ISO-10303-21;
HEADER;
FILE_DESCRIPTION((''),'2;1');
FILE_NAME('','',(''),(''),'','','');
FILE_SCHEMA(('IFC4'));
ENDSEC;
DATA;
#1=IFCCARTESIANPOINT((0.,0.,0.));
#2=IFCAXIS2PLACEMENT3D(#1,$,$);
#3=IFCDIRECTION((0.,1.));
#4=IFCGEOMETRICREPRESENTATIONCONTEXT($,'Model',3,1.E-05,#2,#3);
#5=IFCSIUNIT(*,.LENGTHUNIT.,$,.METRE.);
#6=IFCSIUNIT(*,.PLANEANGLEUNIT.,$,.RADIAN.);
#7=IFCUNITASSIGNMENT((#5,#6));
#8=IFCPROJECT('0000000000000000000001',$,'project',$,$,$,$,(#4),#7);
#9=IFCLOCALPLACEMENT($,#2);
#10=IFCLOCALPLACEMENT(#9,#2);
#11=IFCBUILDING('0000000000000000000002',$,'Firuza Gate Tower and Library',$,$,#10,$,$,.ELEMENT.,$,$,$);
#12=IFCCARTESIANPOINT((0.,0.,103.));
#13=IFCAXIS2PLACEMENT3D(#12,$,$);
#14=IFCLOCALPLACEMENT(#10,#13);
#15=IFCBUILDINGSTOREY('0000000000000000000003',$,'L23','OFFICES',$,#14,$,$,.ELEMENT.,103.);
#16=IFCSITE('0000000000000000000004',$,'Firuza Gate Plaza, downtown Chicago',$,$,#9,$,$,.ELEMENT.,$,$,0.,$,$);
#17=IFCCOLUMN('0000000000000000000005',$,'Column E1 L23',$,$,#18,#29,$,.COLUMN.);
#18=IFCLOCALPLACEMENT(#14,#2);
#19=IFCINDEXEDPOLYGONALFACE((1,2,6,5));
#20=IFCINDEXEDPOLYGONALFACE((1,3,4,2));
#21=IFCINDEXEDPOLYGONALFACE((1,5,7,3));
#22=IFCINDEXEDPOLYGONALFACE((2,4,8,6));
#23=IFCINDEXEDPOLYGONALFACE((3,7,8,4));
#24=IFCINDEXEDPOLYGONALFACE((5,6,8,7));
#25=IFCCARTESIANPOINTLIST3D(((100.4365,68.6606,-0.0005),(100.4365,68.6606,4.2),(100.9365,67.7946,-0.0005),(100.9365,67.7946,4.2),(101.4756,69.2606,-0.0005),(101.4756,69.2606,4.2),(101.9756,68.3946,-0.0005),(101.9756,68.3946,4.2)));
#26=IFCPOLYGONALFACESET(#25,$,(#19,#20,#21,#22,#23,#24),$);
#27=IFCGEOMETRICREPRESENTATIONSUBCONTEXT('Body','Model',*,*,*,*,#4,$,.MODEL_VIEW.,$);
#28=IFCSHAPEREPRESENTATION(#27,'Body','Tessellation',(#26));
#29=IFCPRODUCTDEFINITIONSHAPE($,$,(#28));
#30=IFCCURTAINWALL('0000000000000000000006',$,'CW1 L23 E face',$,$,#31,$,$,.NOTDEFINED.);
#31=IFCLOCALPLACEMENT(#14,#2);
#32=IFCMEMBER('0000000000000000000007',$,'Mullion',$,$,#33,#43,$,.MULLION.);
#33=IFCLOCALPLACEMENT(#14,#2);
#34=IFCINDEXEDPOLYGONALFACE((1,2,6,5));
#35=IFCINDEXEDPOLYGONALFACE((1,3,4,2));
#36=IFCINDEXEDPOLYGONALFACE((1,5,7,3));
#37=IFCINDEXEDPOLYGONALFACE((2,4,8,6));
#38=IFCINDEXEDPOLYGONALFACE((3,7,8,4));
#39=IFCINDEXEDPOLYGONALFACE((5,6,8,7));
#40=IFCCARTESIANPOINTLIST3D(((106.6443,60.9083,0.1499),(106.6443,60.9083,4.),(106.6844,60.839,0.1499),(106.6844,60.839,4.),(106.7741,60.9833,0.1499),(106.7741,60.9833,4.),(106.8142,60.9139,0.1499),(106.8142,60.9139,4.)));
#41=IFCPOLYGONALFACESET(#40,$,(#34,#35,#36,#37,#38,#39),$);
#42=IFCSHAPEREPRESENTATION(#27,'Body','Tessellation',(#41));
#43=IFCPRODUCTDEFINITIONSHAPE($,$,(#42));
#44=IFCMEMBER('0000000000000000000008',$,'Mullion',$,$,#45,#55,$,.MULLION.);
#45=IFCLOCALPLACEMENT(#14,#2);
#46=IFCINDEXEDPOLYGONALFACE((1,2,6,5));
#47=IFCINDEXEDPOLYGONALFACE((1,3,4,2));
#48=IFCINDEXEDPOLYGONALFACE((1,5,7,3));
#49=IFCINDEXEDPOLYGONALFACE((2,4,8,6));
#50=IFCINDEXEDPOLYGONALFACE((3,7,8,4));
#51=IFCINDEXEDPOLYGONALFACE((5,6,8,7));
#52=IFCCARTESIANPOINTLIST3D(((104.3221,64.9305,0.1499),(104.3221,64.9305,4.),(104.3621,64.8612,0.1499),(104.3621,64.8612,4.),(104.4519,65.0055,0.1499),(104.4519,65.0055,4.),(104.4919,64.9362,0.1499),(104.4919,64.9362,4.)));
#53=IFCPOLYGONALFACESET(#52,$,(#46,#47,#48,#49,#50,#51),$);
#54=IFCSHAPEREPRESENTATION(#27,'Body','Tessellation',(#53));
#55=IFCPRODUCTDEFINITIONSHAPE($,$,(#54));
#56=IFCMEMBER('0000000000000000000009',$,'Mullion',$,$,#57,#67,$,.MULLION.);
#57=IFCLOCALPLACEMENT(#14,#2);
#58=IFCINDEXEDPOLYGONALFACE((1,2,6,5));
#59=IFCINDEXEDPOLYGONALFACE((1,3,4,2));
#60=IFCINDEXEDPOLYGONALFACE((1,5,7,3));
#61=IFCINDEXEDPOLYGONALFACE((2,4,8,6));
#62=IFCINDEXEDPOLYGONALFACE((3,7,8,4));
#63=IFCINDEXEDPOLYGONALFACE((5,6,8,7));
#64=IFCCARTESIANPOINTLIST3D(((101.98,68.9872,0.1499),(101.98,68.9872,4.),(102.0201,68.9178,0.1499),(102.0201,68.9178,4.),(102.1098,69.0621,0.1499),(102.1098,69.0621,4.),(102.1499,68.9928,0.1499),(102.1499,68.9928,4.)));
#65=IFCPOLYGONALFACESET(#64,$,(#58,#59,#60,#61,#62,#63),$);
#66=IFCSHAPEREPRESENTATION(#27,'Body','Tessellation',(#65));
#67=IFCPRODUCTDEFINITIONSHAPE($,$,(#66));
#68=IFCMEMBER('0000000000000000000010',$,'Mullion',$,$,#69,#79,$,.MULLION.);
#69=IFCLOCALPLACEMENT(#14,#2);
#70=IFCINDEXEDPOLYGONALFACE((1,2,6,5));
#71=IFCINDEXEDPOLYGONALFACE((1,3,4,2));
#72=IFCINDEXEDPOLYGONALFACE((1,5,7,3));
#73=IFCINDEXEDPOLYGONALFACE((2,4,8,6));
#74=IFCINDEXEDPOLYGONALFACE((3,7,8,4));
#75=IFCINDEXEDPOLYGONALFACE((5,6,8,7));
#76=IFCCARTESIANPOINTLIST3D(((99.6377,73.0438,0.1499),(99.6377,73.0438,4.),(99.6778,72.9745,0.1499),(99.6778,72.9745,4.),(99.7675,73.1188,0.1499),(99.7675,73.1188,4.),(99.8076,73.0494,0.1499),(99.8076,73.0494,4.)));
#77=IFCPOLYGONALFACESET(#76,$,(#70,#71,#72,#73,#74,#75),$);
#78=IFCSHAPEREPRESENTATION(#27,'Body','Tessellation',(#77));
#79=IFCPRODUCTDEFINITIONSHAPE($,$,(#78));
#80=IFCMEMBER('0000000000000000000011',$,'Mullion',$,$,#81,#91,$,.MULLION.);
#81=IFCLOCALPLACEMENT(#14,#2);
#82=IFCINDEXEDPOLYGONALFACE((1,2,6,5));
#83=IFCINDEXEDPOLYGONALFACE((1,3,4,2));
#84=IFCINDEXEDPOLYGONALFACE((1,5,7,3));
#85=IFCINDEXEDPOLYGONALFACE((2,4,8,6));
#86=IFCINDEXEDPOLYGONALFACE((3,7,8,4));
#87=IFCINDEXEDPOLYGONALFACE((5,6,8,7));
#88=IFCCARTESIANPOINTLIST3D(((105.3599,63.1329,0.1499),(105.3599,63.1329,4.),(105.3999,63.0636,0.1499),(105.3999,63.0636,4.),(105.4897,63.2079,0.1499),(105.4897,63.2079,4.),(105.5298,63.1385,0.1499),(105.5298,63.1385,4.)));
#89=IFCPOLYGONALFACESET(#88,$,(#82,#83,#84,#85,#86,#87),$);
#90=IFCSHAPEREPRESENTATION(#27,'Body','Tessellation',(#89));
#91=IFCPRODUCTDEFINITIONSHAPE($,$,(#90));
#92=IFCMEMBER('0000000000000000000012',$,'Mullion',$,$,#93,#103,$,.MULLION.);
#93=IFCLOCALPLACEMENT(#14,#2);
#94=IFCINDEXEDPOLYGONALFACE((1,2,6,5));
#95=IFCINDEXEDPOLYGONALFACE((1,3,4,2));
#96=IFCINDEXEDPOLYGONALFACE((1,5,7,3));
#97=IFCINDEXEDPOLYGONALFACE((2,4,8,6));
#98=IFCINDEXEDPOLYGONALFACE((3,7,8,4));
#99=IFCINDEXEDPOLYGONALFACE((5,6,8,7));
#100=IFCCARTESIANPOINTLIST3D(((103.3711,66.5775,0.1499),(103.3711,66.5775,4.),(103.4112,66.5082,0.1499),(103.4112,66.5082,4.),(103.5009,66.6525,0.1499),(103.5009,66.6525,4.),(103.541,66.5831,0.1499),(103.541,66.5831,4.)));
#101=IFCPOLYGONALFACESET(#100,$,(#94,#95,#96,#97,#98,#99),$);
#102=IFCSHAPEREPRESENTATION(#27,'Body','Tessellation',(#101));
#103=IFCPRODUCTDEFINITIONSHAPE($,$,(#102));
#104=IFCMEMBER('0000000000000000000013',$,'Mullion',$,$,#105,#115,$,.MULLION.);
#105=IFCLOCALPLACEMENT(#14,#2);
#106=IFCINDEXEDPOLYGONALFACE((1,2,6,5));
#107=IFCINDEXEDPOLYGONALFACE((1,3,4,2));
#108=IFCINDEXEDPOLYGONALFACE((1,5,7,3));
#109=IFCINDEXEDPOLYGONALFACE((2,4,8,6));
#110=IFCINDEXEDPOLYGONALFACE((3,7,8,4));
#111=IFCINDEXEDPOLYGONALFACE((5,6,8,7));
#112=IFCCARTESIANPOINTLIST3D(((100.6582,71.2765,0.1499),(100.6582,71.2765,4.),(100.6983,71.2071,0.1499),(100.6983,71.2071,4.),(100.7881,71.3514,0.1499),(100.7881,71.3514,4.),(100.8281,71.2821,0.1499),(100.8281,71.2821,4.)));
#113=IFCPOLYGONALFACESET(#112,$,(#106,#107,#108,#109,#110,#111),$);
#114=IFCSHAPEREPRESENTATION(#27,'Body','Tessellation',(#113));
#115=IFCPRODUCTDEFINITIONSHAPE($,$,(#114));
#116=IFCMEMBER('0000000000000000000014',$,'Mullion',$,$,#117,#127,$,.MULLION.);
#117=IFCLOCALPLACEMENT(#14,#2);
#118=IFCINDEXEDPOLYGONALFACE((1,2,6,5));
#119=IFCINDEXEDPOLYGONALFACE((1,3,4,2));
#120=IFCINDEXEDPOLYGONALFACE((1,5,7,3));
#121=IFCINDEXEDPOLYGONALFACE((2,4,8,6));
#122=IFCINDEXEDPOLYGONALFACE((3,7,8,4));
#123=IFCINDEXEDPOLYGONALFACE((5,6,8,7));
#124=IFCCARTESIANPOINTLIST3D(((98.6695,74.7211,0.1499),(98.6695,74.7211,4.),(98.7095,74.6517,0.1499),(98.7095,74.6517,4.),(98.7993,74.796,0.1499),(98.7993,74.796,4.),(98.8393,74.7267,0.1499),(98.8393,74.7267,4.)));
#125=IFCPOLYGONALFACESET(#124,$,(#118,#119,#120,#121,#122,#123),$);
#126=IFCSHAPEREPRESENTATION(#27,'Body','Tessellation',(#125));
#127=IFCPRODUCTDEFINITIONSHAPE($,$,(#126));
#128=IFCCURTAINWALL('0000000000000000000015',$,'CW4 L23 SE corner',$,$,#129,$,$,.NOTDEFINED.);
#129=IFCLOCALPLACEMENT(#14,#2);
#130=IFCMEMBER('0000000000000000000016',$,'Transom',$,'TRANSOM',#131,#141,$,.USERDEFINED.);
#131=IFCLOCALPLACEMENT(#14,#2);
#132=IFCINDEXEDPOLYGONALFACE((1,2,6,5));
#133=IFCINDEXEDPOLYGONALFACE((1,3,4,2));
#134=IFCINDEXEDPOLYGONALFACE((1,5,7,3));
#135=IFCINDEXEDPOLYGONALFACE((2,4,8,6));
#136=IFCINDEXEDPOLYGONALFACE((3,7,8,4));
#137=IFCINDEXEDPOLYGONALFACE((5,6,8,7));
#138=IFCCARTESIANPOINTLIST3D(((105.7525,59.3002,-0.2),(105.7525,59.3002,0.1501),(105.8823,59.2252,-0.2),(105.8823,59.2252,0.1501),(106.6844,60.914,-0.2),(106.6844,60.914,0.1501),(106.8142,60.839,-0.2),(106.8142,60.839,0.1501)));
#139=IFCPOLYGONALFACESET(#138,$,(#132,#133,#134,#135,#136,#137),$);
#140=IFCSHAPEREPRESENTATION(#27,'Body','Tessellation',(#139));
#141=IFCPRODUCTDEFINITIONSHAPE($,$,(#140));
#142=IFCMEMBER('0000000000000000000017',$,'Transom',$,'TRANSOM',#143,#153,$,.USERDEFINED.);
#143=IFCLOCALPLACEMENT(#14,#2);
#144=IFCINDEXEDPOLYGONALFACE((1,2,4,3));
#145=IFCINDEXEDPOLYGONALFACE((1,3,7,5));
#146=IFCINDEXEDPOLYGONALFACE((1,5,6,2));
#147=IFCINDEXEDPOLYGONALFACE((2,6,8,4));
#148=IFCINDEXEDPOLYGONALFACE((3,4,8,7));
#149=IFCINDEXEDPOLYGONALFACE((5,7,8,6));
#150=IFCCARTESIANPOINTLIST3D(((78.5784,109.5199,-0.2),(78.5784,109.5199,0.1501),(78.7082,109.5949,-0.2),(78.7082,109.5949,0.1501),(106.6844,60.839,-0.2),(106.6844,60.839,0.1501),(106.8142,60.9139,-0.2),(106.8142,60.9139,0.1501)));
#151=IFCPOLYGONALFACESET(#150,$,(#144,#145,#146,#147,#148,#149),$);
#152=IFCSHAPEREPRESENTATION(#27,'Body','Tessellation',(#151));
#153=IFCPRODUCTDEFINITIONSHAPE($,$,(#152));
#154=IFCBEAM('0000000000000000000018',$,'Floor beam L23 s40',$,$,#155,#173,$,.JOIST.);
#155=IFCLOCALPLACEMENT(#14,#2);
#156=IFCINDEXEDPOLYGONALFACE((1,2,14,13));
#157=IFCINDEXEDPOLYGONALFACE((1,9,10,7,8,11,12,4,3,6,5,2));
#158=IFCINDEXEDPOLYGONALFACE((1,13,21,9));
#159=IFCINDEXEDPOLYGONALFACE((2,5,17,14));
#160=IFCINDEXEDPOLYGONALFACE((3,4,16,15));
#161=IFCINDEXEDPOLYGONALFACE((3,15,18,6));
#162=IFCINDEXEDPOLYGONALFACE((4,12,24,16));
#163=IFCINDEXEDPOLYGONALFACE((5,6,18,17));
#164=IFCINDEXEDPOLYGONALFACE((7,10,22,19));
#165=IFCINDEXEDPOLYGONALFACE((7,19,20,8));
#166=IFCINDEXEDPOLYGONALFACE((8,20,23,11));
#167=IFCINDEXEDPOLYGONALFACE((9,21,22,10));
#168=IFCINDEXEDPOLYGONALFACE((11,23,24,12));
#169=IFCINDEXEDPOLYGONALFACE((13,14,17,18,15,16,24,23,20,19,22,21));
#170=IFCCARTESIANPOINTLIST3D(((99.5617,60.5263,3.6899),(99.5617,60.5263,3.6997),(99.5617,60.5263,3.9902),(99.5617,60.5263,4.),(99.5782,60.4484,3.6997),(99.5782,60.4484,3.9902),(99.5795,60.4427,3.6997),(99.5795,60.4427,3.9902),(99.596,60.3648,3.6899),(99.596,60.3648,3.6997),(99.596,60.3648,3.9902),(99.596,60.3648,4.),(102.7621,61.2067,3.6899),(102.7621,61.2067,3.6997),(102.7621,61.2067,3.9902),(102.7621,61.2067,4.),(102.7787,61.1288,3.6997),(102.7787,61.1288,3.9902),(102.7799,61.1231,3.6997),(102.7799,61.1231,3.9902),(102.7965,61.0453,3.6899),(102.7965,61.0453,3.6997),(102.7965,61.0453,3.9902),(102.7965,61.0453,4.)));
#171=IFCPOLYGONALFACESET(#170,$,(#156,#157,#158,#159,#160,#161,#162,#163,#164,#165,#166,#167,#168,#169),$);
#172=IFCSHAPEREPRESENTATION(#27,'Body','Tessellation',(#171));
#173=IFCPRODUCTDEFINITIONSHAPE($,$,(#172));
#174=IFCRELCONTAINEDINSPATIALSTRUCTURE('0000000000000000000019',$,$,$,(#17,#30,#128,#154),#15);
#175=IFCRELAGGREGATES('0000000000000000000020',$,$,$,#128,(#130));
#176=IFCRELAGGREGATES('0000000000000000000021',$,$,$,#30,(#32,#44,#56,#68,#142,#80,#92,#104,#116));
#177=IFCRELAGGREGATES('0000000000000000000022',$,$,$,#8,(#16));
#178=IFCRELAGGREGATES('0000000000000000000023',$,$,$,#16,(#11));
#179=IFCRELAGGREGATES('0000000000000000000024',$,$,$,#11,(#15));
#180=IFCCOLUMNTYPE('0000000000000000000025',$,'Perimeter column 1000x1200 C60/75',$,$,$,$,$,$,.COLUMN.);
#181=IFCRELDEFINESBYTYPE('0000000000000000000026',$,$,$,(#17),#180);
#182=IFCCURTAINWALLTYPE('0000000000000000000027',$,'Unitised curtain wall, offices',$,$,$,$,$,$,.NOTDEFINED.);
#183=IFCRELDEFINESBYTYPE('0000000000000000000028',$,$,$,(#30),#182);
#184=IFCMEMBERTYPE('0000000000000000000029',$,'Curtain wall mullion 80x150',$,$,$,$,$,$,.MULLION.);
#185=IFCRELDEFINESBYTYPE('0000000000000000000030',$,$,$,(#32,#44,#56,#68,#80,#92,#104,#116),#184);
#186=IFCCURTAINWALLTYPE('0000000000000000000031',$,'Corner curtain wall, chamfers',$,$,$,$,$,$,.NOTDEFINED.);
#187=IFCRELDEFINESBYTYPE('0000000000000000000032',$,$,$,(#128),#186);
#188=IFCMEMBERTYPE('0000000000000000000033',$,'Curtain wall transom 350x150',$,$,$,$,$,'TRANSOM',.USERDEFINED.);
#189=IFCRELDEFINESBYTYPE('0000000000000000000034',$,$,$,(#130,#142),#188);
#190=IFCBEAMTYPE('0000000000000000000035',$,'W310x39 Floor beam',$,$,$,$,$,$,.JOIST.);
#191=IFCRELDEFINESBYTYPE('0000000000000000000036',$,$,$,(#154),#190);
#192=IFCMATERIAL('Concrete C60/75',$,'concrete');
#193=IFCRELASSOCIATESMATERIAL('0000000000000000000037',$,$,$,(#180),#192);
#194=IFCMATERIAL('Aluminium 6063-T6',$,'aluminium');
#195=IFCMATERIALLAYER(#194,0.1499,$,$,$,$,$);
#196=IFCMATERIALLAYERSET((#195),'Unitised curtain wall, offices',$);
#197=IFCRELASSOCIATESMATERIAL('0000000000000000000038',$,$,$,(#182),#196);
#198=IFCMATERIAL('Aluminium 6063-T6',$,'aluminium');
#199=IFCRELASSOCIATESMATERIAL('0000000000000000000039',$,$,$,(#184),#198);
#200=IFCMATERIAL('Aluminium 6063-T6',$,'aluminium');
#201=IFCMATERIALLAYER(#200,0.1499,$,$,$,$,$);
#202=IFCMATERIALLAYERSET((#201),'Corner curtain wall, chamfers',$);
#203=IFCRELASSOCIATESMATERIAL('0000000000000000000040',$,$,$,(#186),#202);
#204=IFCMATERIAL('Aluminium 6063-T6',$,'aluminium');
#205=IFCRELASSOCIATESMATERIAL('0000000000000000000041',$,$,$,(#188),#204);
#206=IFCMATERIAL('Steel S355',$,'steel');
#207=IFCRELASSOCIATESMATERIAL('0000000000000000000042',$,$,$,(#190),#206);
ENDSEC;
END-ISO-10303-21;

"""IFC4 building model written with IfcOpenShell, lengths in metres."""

from ifc_helpers import new_model, si_unit, direction, frame, origin, origin_2d, place, context, subcontext, project, spatial, rectangle, i_section, extrude, material, layer, layer_set, material_profile, profile_set, type_object, element, aggregate, save


model = new_model("IFC4")

# Units and contexts
model_context = context("Model", 3, precision=1e-05, world=origin(), true_north=direction((0.0, 1.0)))
body_context = subcontext(model_context, "Body", "Model", "MODEL_VIEW")
ifc_project = project(units=[si_unit("LENGTHUNIT", "METRE"), si_unit("PLANEANGLEUNIT", "RADIAN")], contexts=[model_context])

# Site, building, storey
site_placement = place(None, origin())
site = spatial("IfcSite", under=ifc_project, at=site_placement, Name="Firuza Gate Plaza, downtown Chicago", CompositionType="ELEMENT", RefElevation=0.0)
building_placement = place(site_placement, origin())
building = spatial("IfcBuilding", under=site, at=building_placement, Name="Firuza Gate Tower and Library", CompositionType="ELEMENT")
storey_placement = place(building_placement, frame((0.0, 0.0, 103.0)))
storey = spatial("IfcBuildingStorey", under=building, at=storey_placement, Name="L23", Description="OFFICES", CompositionType="ELEMENT", Elevation=103.0)

# Column
ifc_material_1 = material(Name="Concrete C60/75", Category="concrete")
ifc_material_profile_1 = material_profile(ifc_material_1, rectangle(XDim=1.0, YDim=1.2, at=origin_2d()))
ifc_profile_set_1 = profile_set([ifc_material_profile_1], Name="Concrete C60/75")
column_type = type_object("IfcColumnType", Name="Perimeter column 1000x1200 C60/75", PredefinedType="COLUMN", material=ifc_profile_set_1)
column_placement = place(storey_placement, frame((101.2061, 68.5276, -0.0005), z_axis=(0.0, 0.0, 1.0), x_axis=(-0.5, 0.866025, 0.0)))
element("IfcColumn", 1, at=column_placement, inside=storey, type_object=column_type, Name="Column E1 L23", PredefinedType="COLUMN", context=body_context, shape_type="SweptSolid", body=[
    extrude(rectangle(XDim=1.0, YDim=1.2, at=origin_2d()), origin(), (0.0, 0.0, 1.0), 4.2004),
])

# Curtain wall, members
ifc_material_2 = material(Name="Aluminium 6063-T6", Category="aluminium")
ifc_layer_1 = layer(ifc_material_2, 0.1499)
ifc_layer_set_1 = layer_set([ifc_layer_1], Name="Unitised curtain wall, offices")
curtain_wall_type_1 = type_object("IfcCurtainWallType", Name="Unitised curtain wall, offices", PredefinedType="NOTDEFINED", material=ifc_layer_set_1)
placement = place(storey_placement, origin())
curtain_wall_1 = element("IfcCurtainWall", 2, at=placement, inside=storey, type_object=curtain_wall_type_1, Name="CW1 L23 E face", PredefinedType="NOTDEFINED")
ifc_material_3 = material(Name="Aluminium 6063-T6", Category="aluminium")
ifc_material_profile_2 = material_profile(ifc_material_3, rectangle(XDim=0.1499, YDim=0.0801, at=origin_2d()))
ifc_profile_set_2 = profile_set([ifc_material_profile_2], Name="Aluminium 6063-T6")
member_type_1 = type_object("IfcMemberType", Name="Curtain wall mullion 80x150", PredefinedType="MULLION", material=ifc_profile_set_2)
member_1_placement = place(storey_placement, frame((106.7292, 60.9111, 0.1499), z_axis=(0.0, 0.0, 1.0), x_axis=(-0.866025, -0.5, 0.0)))
member_1 = element("IfcMember", 3, at=member_1_placement, type_object=member_type_1, Name="Mullion", PredefinedType="MULLION", context=body_context, shape_type="SweptSolid", body=[
    extrude(rectangle(XDim=0.1499, YDim=0.0801, at=origin_2d()), origin(), (0.0, 0.0, 1.0), 3.8501),
])
member_2_placement = place(storey_placement, frame((104.407, 64.9333, 0.1499), z_axis=(0.0, 0.0, 1.0), x_axis=(-0.866025, -0.5, 0.0)))
member_2 = element("IfcMember", 4, at=member_2_placement, type_object=member_type_1, Name="Mullion", PredefinedType="MULLION", context=body_context, shape_type="SweptSolid", body=[
    extrude(rectangle(XDim=0.1499, YDim=0.0801, at=origin_2d()), origin(), (0.0, 0.0, 1.0), 3.8501),
])
member_3_placement = place(storey_placement, frame((102.0649, 68.99, 0.1499), z_axis=(0.0, 0.0, 1.0), x_axis=(-0.866025, -0.5, 0.0)))
member_3 = element("IfcMember", 5, at=member_3_placement, type_object=member_type_1, Name="Mullion", PredefinedType="MULLION", context=body_context, shape_type="SweptSolid", body=[
    extrude(rectangle(XDim=0.1499, YDim=0.0801, at=origin_2d()), origin(), (0.0, 0.0, 1.0), 3.8501),
])
member_4_placement = place(storey_placement, frame((99.7227, 73.0466, 0.1499), z_axis=(0.0, 0.0, 1.0), x_axis=(-0.866025, -0.5, 0.0)))
member_4 = element("IfcMember", 6, at=member_4_placement, type_object=member_type_1, Name="Mullion", PredefinedType="MULLION", context=body_context, shape_type="SweptSolid", body=[
    extrude(rectangle(XDim=0.1499, YDim=0.0801, at=origin_2d()), origin(), (0.0, 0.0, 1.0), 3.8501),
])
member_5_placement = place(storey_placement, frame((105.4448, 63.1357, 0.1499), z_axis=(0.0, 0.0, 1.0), x_axis=(-0.866025, -0.5, 0.0)))
member_5 = element("IfcMember", 7, at=member_5_placement, type_object=member_type_1, Name="Mullion", PredefinedType="MULLION", context=body_context, shape_type="SweptSolid", body=[
    extrude(rectangle(XDim=0.1499, YDim=0.0801, at=origin_2d()), origin(), (0.0, 0.0, 1.0), 3.8501),
])
member_6_placement = place(storey_placement, frame((103.4561, 66.5803, 0.1499), z_axis=(0.0, 0.0, 1.0), x_axis=(-0.866025, -0.5, 0.0)))
member_6 = element("IfcMember", 8, at=member_6_placement, type_object=member_type_1, Name="Mullion", PredefinedType="MULLION", context=body_context, shape_type="SweptSolid", body=[
    extrude(rectangle(XDim=0.1499, YDim=0.0801, at=origin_2d()), origin(), (0.0, 0.0, 1.0), 3.8501),
])
member_7_placement = place(storey_placement, frame((100.7432, 71.2793, 0.1499), z_axis=(0.0, 0.0, 1.0), x_axis=(-0.866025, -0.5, 0.0)))
member_7 = element("IfcMember", 9, at=member_7_placement, type_object=member_type_1, Name="Mullion", PredefinedType="MULLION", context=body_context, shape_type="SweptSolid", body=[
    extrude(rectangle(XDim=0.1499, YDim=0.0801, at=origin_2d()), origin(), (0.0, 0.0, 1.0), 3.8501),
])
member_8_placement = place(storey_placement, frame((98.7544, 74.7239, 0.1499), z_axis=(0.0, 0.0, 1.0), x_axis=(-0.866025, -0.5, 0.0)))
member_8 = element("IfcMember", 10, at=member_8_placement, type_object=member_type_1, Name="Mullion", PredefinedType="MULLION", context=body_context, shape_type="SweptSolid", body=[
    extrude(rectangle(XDim=0.1499, YDim=0.0801, at=origin_2d()), origin(), (0.0, 0.0, 1.0), 3.8501),
])

# Curtain wall, member
ifc_material_4 = material(Name="Aluminium 6063-T6", Category="aluminium")
ifc_layer_2 = layer(ifc_material_4, 0.1499)
ifc_layer_set_2 = layer_set([ifc_layer_2], Name="Corner curtain wall, chamfers")
curtain_wall_type_2 = type_object("IfcCurtainWallType", Name="Corner curtain wall, chamfers", PredefinedType="NOTDEFINED", material=ifc_layer_set_2)
curtain_wall_2 = element("IfcCurtainWall", 11, at=placement, inside=storey, type_object=curtain_wall_type_2, Name="CW4 L23 SE corner", PredefinedType="NOTDEFINED")
ifc_material_5 = material(Name="Aluminium 6063-T6", Category="aluminium")
ifc_material_profile_3 = material_profile(ifc_material_5, rectangle(XDim=0.1499, YDim=0.3501, at=origin_2d()))
ifc_profile_set_3 = profile_set([ifc_material_profile_3], Name="Aluminium 6063-T6")
member_type_2 = type_object("IfcMemberType", Name="Curtain wall transom 350x150", ElementType="TRANSOM", PredefinedType="USERDEFINED", material=ifc_profile_set_3)
member_9_placement = place(storey_placement, frame((105.8174, 59.2627, -0.0249), z_axis=(0.50007, 0.865985, 0.0), x_axis=(-0.865985, 0.50007, 0.0)))
member_9 = element("IfcMember", 12, at=member_9_placement, type_object=member_type_2, Name="Transom", ObjectType="TRANSOM", PredefinedType="USERDEFINED", context=body_context, shape_type="SweptSolid", body=[
    extrude(rectangle(XDim=0.1499, YDim=0.3501, at=origin_2d()), origin(), (0.0, 0.0, 1.0), 1.8635),
])
aggregate(curtain_wall_2, [member_9])

# Member
member_10_placement = place(storey_placement, frame((106.7493, 60.8765, -0.0249), z_axis=(-0.5, 0.866025, 0.0), x_axis=(-0.866025, -0.5, 0.0)))
member_10 = element("IfcMember", 13, at=member_10_placement, type_object=member_type_2, Name="Transom", ObjectType="TRANSOM", PredefinedType="USERDEFINED", context=body_context, shape_type="SweptSolid", body=[
    extrude(rectangle(XDim=0.1499, YDim=0.3501, at=origin_2d()), origin(), (0.0, 0.0, 1.0), 56.2119),
])

# Beam
ifc_material_6 = material(Name="Steel S355", Category="steel")
ifc_material_profile_4 = material_profile(ifc_material_6, i_section(OverallWidth=0.165, OverallDepth=0.3101, WebThickness=0.0059, FlangeThickness=0.0098, at=origin_2d()))
ifc_profile_set_4 = profile_set([ifc_material_profile_4], Name="Steel S355")
beam_type_1 = type_object("IfcBeamType", Name="W310x39 Floor beam", PredefinedType="JOIST", material=ifc_profile_set_4)
beam_1_placement = place(storey_placement, frame((102.7793, 61.126, 3.845), z_axis=(-0.978139, -0.207954, 0.0), x_axis=(0.207954, -0.978139, 0.0)))
element("IfcBeam", 14, at=beam_1_placement, inside=storey, type_object=beam_type_1, Name="Floor beam L23 s40", PredefinedType="JOIST", context=body_context, shape_type="SweptSolid", body=[
    extrude(i_section(OverallWidth=0.165, OverallDepth=0.3101, WebThickness=0.0059, FlangeThickness=0.0098, at=origin_2d()), origin(), (0.0, 0.0, 1.0), 3.272),
])

aggregate(curtain_wall_1, [member_1, member_2, member_3, member_4, member_10, member_5, member_6, member_7, member_8])

save(model, "model.ifc")
